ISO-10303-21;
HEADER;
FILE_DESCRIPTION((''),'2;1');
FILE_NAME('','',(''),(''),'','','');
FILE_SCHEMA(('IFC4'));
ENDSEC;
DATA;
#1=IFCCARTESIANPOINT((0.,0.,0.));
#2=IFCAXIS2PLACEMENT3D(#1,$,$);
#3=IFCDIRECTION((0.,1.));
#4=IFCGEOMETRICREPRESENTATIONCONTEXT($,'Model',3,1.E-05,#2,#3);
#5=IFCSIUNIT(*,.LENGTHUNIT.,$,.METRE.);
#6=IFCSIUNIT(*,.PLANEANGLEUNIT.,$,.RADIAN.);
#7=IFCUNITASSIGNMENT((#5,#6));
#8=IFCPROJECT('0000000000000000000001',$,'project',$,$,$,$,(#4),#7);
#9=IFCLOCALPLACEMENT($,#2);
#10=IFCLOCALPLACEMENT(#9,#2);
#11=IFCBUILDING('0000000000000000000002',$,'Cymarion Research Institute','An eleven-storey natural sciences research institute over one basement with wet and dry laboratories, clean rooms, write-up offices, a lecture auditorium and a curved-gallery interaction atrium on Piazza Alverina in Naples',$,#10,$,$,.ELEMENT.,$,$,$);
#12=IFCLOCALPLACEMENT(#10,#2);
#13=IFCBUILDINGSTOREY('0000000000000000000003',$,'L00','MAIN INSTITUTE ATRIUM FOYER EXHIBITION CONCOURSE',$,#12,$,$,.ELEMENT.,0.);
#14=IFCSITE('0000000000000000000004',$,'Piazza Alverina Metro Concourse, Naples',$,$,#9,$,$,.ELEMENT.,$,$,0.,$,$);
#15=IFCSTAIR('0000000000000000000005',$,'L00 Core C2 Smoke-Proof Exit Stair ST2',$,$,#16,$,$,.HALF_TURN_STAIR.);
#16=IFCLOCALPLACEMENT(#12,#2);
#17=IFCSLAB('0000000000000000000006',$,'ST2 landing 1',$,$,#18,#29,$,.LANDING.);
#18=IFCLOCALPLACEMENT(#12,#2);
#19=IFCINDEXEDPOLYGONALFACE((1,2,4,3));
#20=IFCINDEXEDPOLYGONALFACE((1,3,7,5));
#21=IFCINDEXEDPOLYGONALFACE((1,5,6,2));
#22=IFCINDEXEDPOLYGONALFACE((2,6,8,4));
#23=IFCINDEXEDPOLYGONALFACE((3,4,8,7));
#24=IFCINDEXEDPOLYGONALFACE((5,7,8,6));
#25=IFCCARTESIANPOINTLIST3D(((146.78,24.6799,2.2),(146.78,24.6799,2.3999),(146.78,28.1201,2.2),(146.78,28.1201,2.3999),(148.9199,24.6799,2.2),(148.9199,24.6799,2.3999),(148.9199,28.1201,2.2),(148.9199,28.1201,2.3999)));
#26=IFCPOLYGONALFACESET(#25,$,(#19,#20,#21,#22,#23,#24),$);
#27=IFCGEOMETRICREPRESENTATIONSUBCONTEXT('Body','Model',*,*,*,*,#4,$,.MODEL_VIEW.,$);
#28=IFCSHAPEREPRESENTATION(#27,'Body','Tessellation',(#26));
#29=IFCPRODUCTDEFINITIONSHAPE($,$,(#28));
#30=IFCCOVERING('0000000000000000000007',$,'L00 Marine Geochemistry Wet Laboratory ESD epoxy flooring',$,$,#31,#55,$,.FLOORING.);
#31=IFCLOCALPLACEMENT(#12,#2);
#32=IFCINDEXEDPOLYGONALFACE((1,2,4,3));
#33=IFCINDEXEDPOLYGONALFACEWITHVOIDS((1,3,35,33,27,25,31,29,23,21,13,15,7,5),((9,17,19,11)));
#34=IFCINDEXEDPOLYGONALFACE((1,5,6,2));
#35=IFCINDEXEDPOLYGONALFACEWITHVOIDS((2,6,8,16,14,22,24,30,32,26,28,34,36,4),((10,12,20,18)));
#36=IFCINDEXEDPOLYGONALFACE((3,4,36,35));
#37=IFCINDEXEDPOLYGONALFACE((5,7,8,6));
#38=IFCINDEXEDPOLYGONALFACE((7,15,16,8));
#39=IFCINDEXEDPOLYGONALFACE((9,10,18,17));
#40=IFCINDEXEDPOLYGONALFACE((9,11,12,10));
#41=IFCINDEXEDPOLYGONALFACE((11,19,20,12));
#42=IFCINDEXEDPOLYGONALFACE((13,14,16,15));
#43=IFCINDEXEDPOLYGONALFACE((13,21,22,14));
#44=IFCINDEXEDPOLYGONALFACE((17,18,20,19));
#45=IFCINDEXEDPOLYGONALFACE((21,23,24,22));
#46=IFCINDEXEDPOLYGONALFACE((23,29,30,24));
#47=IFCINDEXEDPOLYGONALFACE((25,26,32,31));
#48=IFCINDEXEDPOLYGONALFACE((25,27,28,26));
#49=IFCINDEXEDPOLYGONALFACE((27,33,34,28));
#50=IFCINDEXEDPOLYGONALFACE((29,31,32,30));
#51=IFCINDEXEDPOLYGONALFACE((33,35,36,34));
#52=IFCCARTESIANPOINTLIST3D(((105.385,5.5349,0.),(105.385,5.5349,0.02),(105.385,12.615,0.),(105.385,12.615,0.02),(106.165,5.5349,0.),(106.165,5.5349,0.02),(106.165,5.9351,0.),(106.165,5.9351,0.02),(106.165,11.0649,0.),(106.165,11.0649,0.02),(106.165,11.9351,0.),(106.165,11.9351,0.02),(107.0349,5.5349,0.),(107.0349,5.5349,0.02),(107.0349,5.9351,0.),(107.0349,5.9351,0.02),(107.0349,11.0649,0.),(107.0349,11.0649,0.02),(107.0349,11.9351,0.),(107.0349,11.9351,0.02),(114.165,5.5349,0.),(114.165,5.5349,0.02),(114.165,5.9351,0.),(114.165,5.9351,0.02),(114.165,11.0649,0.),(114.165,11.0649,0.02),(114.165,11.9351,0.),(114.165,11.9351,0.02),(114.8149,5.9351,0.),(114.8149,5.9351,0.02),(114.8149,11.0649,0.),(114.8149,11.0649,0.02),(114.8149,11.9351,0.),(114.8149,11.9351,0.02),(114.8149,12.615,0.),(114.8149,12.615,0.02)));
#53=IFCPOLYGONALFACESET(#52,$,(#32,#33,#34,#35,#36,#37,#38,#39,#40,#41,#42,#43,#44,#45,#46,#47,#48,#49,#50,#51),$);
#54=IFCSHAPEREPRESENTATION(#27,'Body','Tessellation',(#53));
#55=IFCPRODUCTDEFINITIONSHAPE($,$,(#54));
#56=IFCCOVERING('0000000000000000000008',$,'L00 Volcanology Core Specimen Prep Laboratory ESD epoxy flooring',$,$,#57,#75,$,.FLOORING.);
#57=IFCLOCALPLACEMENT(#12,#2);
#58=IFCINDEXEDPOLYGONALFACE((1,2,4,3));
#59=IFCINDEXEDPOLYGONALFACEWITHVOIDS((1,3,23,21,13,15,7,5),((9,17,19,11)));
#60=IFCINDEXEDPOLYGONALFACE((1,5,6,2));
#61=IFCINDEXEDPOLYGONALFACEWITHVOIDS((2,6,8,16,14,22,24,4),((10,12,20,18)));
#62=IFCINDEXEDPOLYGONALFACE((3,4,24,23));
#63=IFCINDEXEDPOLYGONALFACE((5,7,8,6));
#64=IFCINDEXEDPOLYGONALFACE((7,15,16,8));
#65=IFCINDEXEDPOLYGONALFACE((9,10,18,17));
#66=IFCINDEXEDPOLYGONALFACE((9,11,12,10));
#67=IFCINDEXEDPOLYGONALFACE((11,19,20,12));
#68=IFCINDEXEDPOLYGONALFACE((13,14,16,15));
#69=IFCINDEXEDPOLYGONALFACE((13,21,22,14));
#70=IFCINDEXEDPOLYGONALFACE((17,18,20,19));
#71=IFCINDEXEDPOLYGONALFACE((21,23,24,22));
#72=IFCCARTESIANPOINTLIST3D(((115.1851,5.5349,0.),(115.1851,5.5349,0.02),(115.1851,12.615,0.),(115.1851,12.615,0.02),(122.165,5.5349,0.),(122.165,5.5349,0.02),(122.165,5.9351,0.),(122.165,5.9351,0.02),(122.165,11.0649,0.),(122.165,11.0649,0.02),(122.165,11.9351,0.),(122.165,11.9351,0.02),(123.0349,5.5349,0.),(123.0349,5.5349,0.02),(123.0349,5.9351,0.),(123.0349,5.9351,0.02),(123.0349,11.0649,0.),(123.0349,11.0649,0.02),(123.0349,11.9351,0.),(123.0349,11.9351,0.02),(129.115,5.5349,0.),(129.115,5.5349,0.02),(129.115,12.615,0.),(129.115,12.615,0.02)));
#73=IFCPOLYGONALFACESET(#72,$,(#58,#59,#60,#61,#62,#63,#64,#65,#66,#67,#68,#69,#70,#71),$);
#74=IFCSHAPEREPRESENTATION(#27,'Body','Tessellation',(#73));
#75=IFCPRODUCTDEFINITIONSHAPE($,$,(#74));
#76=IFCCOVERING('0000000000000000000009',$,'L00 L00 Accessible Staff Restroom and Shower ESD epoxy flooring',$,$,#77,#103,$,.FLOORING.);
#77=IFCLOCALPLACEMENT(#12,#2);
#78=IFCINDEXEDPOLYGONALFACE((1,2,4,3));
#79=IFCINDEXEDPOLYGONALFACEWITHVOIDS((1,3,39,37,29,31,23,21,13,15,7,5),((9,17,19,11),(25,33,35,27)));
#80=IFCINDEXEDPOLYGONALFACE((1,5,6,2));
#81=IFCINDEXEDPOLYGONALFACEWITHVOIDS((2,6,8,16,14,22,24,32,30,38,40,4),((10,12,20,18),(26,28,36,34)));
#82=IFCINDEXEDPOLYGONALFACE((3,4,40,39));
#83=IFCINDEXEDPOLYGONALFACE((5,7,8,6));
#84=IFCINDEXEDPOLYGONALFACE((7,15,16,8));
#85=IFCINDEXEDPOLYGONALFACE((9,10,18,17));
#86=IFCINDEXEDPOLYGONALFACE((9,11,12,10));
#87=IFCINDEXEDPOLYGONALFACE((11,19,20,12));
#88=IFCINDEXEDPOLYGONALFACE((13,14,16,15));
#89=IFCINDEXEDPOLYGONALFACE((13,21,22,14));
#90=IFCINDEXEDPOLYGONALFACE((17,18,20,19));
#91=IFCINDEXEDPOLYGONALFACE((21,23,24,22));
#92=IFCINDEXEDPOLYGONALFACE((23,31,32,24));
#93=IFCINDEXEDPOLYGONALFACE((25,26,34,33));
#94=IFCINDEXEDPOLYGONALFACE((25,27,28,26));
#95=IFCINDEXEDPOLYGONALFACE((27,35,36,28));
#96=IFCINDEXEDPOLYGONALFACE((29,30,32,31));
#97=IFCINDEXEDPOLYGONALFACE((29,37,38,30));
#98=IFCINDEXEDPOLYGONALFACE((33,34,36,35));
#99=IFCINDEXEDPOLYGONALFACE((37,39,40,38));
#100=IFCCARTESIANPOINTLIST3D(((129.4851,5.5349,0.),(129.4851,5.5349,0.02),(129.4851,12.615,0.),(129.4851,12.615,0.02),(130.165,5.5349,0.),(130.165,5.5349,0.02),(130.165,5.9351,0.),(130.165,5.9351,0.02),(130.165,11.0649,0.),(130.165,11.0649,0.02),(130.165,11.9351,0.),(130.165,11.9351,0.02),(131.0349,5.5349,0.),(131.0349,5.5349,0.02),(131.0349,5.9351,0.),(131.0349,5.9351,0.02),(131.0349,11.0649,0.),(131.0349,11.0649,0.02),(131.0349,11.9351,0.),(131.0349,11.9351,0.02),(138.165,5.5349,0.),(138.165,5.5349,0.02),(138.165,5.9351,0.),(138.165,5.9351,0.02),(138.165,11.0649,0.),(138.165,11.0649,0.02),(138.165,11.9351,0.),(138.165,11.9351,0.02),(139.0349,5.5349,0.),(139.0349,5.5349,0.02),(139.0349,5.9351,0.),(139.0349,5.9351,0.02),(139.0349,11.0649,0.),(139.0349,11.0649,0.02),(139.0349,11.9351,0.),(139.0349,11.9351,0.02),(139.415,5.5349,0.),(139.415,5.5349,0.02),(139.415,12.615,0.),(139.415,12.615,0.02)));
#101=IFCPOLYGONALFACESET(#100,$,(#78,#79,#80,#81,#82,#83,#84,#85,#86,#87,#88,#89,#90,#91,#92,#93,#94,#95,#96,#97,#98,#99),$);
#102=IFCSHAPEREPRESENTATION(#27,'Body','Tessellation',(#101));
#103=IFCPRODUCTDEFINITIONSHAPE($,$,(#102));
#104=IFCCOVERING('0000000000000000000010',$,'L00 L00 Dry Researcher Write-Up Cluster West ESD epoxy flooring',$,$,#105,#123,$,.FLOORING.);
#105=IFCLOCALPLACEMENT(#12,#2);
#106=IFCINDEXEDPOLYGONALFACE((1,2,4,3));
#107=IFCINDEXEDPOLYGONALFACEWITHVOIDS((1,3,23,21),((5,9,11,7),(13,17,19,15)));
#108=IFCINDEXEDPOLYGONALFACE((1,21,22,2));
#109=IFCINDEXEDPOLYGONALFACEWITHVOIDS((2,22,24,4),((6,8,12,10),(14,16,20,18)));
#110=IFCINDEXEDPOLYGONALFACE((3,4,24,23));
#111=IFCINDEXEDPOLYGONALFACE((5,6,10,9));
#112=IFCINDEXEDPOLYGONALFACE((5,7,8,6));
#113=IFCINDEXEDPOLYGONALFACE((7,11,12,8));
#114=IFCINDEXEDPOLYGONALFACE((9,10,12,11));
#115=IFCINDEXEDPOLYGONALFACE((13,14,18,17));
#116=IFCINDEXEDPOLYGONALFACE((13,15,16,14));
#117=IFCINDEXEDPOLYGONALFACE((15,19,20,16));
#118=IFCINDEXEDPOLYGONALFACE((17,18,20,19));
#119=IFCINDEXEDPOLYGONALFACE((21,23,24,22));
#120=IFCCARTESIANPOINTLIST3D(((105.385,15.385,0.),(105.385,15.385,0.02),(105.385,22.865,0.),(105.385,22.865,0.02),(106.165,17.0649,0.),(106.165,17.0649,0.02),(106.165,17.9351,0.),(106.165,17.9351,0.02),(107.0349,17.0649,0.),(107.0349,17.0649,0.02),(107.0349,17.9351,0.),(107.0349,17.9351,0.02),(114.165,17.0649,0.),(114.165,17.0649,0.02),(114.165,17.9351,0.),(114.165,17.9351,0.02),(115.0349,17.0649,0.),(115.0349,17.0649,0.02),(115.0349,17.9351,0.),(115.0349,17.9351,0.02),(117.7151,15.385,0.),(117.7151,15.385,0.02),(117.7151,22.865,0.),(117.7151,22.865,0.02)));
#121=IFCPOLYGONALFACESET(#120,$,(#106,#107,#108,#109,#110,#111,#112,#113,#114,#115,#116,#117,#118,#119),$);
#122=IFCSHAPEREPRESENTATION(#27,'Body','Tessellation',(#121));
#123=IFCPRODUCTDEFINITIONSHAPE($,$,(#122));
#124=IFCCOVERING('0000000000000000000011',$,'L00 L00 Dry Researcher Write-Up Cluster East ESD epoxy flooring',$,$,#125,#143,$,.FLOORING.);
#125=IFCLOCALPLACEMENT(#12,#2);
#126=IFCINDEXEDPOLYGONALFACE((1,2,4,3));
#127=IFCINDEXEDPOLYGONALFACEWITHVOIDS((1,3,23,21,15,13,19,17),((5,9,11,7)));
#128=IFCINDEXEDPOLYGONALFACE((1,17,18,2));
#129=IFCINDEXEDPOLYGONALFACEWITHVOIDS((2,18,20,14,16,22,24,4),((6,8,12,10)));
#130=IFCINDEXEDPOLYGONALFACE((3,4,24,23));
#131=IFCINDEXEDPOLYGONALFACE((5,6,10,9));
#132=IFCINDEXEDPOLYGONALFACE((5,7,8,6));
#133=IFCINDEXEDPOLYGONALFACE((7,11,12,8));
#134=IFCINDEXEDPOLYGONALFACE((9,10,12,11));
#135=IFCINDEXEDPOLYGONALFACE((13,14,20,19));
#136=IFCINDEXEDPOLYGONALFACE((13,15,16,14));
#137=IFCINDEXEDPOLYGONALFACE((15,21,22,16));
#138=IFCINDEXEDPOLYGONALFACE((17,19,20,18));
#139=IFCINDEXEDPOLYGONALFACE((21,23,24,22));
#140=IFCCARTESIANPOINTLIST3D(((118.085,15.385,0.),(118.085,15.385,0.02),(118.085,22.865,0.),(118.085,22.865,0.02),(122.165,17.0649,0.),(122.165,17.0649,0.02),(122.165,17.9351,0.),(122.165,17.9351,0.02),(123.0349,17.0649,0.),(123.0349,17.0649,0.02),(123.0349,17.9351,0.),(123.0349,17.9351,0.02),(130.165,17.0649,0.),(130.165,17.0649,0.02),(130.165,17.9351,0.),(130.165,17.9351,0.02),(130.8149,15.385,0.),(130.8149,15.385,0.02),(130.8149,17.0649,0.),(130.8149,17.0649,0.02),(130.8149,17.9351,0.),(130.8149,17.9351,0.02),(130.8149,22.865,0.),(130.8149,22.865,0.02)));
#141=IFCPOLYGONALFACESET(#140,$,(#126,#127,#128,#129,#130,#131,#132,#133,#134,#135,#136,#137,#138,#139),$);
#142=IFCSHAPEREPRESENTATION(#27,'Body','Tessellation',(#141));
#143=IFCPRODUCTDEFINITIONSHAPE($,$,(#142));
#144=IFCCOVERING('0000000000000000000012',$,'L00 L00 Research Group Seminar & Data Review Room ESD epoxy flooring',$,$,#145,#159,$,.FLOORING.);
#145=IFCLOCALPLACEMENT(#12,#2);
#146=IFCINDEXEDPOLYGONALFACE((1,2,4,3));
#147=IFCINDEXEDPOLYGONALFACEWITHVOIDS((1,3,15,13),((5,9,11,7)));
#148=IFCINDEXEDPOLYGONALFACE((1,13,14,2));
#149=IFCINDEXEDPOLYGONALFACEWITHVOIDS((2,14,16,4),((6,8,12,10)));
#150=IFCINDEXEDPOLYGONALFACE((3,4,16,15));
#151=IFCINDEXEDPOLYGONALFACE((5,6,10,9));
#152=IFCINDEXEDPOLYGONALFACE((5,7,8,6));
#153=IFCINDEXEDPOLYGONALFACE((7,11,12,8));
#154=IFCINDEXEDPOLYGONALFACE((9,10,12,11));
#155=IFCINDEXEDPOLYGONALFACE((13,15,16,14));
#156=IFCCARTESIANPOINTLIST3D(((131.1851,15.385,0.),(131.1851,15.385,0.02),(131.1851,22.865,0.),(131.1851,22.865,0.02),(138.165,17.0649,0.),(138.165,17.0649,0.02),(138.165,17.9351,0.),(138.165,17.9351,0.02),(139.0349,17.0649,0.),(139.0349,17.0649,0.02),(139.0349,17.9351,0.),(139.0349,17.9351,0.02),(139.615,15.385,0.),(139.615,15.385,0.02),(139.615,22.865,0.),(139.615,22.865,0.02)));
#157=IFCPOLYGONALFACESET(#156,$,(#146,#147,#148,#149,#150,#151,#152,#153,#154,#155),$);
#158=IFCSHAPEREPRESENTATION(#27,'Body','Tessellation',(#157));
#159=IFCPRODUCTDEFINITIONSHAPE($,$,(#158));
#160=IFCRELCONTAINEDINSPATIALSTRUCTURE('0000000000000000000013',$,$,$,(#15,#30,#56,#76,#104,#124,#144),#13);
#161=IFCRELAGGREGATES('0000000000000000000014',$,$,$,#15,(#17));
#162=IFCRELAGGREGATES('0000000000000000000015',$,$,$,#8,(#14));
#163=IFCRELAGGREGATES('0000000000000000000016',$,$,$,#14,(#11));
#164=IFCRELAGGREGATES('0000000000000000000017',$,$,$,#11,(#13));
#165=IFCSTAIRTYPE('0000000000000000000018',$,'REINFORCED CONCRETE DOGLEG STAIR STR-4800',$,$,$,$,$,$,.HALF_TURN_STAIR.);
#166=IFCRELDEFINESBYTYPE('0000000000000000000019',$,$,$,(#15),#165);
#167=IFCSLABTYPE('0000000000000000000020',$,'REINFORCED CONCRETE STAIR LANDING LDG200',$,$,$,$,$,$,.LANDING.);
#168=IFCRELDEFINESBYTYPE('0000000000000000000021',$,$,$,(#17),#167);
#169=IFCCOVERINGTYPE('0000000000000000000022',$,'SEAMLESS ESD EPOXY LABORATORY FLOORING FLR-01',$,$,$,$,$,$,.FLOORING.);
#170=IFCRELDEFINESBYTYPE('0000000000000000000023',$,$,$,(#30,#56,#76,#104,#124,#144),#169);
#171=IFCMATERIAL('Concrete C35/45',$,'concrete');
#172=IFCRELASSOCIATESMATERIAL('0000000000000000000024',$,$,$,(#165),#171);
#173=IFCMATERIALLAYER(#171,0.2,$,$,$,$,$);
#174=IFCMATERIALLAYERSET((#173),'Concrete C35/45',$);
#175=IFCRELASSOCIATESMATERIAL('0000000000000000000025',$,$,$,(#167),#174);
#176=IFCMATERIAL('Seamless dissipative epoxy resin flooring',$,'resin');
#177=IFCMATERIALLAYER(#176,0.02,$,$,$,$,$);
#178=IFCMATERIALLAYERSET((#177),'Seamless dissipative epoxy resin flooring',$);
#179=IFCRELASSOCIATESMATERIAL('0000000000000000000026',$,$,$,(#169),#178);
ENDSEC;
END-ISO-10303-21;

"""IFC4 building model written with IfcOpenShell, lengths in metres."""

from ifc_helpers import new_model, si_unit, direction, frame, origin, place, context, subcontext, project, spatial, polyline, outline, extrude, material, layer, layer_set, type_object, element, aggregate, save


model = new_model("IFC4")

# Units and contexts
model_context = context("Model", 3, precision=1e-05, world=origin(), true_north=direction((0.0, 1.0)))
body_context = subcontext(model_context, "Body", "Model", "MODEL_VIEW")
ifc_project = project(units=[si_unit("LENGTHUNIT", "METRE"), si_unit("PLANEANGLEUNIT", "RADIAN")], contexts=[model_context])

# Site, building, storey
site_placement = place(None, origin())
site = spatial("IfcSite", under=ifc_project, at=site_placement, Name="Piazza Alverina Metro Concourse, Naples", CompositionType="ELEMENT", RefElevation=0.0)
building_placement = place(site_placement, origin())
building = spatial("IfcBuilding", under=site, at=building_placement, Name="Cymarion Research Institute", Description="An eleven-storey natural sciences research institute over one basement with wet and dry laboratories, clean rooms, write-up offices, a lecture auditorium and a curved-gallery interaction atrium on Piazza Alverina in Naples", CompositionType="ELEMENT")
storey_placement = place(building_placement, origin())
storey = spatial("IfcBuildingStorey", under=building, at=storey_placement, Name="L00", Description="MAIN INSTITUTE ATRIUM FOYER EXHIBITION CONCOURSE", CompositionType="ELEMENT", Elevation=0.0)

# Shared definitions
ifc_material_1 = material(Name="Concrete C35/45", Category="concrete")

# Stair, slab
stair_type = type_object("IfcStairType", Name="REINFORCED CONCRETE DOGLEG STAIR STR-4800", PredefinedType="HALF_TURN_STAIR", material=ifc_material_1)
ifc_layer_1 = layer(ifc_material_1, 0.2)
ifc_layer_set_1 = layer_set([ifc_layer_1], Name="Concrete C35/45")
slab_type_1 = type_object("IfcSlabType", Name="REINFORCED CONCRETE STAIR LANDING LDG200", PredefinedType="LANDING", material=ifc_layer_set_1)
stair_1_placement = place(storey_placement, origin())
stair_1 = element("IfcStair", 1, at=stair_1_placement, inside=storey, type_object=stair_type, Name="L00 Core C2 Smoke-Proof Exit Stair ST2", PredefinedType="HALF_TURN_STAIR")
slab_1_placement = place(storey_placement, frame((0.0, 0.0, 2.2)))
slab_1 = element("IfcSlab", 2, at=slab_1_placement, type_object=slab_type_1, Name="ST2 landing 1", PredefinedType="LANDING", context=body_context, shape_type="SweptSolid", body=[
    extrude(outline(polyline([(148.9199, 28.1201), (148.9199, 24.6799), (146.78, 24.6799), (146.78, 28.1201), (148.9199, 28.1201)])), origin(), (0.0, 0.0, 1.0), 0.2),
])
aggregate(stair_1, [slab_1])

# Coverings
ifc_material_2 = material(Name="Seamless dissipative epoxy resin flooring", Category="resin")
ifc_layer_2 = layer(ifc_material_2, 0.02)
ifc_layer_set_2 = layer_set([ifc_layer_2], Name="Seamless dissipative epoxy resin flooring")
covering_type = type_object("IfcCoveringType", Name="SEAMLESS ESD EPOXY LABORATORY FLOORING FLR-01", PredefinedType="FLOORING", material=ifc_layer_set_2)
covering_1_placement = place(storey_placement, origin())
element("IfcCovering", 3, at=covering_1_placement, inside=storey, type_object=covering_type, Name="L00 Marine Geochemistry Wet Laboratory ESD epoxy flooring", PredefinedType="FLOORING", context=body_context, shape_type="SweptSolid", body=[
    extrude(outline(polyline([(105.385, 12.615), (114.8149, 12.615), (114.8149, 11.9351), (114.165, 11.9351), (114.165, 11.0649), (114.8149, 11.0649), (114.8149, 5.9351), (114.165, 5.9351), (114.165, 5.5349), (107.0349, 5.5349), (107.0349, 5.9351), (106.165, 5.9351), (106.165, 5.5349), (105.385, 5.5349), (105.385, 12.615)]), holes=[polyline([(107.0349, 11.9351), (106.165, 11.9351), (106.165, 11.0649), (107.0349, 11.0649), (107.0349, 11.9351)])]), origin(), (0.0, 0.0, 1.0), 0.02),
])
covering_2_placement = place(storey_placement, origin())
element("IfcCovering", 4, at=covering_2_placement, inside=storey, type_object=covering_type, Name="L00 Volcanology Core Specimen Prep Laboratory ESD epoxy flooring", PredefinedType="FLOORING", context=body_context, shape_type="SweptSolid", body=[
    extrude(outline(polyline([(115.1851, 12.615), (129.115, 12.615), (129.115, 5.5349), (123.0349, 5.5349), (123.0349, 5.9351), (122.165, 5.9351), (122.165, 5.5349), (115.1851, 5.5349), (115.1851, 12.615)]), holes=[polyline([(123.0349, 11.9351), (122.165, 11.9351), (122.165, 11.0649), (123.0349, 11.0649), (123.0349, 11.9351)])]), origin(), (0.0, 0.0, 1.0), 0.02),
])
covering_3_placement = place(storey_placement, origin())
element("IfcCovering", 5, at=covering_3_placement, inside=storey, type_object=covering_type, Name="L00 L00 Accessible Staff Restroom and Shower ESD epoxy flooring", PredefinedType="FLOORING", context=body_context, shape_type="SweptSolid", body=[
    extrude(outline(polyline([(129.4851, 12.615), (139.415, 12.615), (139.415, 5.5349), (139.0349, 5.5349), (139.0349, 5.9351), (138.165, 5.9351), (138.165, 5.5349), (131.0349, 5.5349), (131.0349, 5.9351), (130.165, 5.9351), (130.165, 5.5349), (129.4851, 5.5349), (129.4851, 12.615)]), holes=[polyline([(139.0349, 11.9351), (138.165, 11.9351), (138.165, 11.0649), (139.0349, 11.0649), (139.0349, 11.9351)]), polyline([(131.0349, 11.9351), (130.165, 11.9351), (130.165, 11.0649), (131.0349, 11.0649), (131.0349, 11.9351)])]), origin(), (0.0, 0.0, 1.0), 0.02),
])
covering_4_placement = place(storey_placement, origin())
element("IfcCovering", 6, at=covering_4_placement, inside=storey, type_object=covering_type, Name="L00 L00 Dry Researcher Write-Up Cluster West ESD epoxy flooring", PredefinedType="FLOORING", context=body_context, shape_type="SweptSolid", body=[
    extrude(outline(polyline([(105.385, 22.865), (117.7151, 22.865), (117.7151, 15.385), (105.385, 15.385), (105.385, 22.865)]), holes=[polyline([(115.0349, 17.9351), (114.165, 17.9351), (114.165, 17.0649), (115.0349, 17.0649), (115.0349, 17.9351)]), polyline([(107.0349, 17.9351), (106.165, 17.9351), (106.165, 17.0649), (107.0349, 17.0649), (107.0349, 17.9351)])]), origin(), (0.0, 0.0, 1.0), 0.02),
])
covering_5_placement = place(storey_placement, origin())
element("IfcCovering", 7, at=covering_5_placement, inside=storey, type_object=covering_type, Name="L00 L00 Dry Researcher Write-Up Cluster East ESD epoxy flooring", PredefinedType="FLOORING", context=body_context, shape_type="SweptSolid", body=[
    extrude(outline(polyline([(118.085, 22.865), (130.8149, 22.865), (130.8149, 17.9351), (130.165, 17.9351), (130.165, 17.0649), (130.8149, 17.0649), (130.8149, 15.385), (118.085, 15.385), (118.085, 22.865)]), holes=[polyline([(123.0349, 17.9351), (122.165, 17.9351), (122.165, 17.0649), (123.0349, 17.0649), (123.0349, 17.9351)])]), origin(), (0.0, 0.0, 1.0), 0.02),
])
covering_6_placement = place(storey_placement, origin())
element("IfcCovering", 8, at=covering_6_placement, inside=storey, type_object=covering_type, Name="L00 L00 Research Group Seminar & Data Review Room ESD epoxy flooring", PredefinedType="FLOORING", context=body_context, shape_type="SweptSolid", body=[
    extrude(outline(polyline([(131.1851, 22.865), (139.615, 22.865), (139.615, 15.385), (131.1851, 15.385), (131.1851, 22.865)]), holes=[polyline([(139.0349, 17.9351), (138.165, 17.9351), (138.165, 17.0649), (139.0349, 17.0649), (139.0349, 17.9351)])]), origin(), (0.0, 0.0, 1.0), 0.02),
])

save(model, "model.ifc")
